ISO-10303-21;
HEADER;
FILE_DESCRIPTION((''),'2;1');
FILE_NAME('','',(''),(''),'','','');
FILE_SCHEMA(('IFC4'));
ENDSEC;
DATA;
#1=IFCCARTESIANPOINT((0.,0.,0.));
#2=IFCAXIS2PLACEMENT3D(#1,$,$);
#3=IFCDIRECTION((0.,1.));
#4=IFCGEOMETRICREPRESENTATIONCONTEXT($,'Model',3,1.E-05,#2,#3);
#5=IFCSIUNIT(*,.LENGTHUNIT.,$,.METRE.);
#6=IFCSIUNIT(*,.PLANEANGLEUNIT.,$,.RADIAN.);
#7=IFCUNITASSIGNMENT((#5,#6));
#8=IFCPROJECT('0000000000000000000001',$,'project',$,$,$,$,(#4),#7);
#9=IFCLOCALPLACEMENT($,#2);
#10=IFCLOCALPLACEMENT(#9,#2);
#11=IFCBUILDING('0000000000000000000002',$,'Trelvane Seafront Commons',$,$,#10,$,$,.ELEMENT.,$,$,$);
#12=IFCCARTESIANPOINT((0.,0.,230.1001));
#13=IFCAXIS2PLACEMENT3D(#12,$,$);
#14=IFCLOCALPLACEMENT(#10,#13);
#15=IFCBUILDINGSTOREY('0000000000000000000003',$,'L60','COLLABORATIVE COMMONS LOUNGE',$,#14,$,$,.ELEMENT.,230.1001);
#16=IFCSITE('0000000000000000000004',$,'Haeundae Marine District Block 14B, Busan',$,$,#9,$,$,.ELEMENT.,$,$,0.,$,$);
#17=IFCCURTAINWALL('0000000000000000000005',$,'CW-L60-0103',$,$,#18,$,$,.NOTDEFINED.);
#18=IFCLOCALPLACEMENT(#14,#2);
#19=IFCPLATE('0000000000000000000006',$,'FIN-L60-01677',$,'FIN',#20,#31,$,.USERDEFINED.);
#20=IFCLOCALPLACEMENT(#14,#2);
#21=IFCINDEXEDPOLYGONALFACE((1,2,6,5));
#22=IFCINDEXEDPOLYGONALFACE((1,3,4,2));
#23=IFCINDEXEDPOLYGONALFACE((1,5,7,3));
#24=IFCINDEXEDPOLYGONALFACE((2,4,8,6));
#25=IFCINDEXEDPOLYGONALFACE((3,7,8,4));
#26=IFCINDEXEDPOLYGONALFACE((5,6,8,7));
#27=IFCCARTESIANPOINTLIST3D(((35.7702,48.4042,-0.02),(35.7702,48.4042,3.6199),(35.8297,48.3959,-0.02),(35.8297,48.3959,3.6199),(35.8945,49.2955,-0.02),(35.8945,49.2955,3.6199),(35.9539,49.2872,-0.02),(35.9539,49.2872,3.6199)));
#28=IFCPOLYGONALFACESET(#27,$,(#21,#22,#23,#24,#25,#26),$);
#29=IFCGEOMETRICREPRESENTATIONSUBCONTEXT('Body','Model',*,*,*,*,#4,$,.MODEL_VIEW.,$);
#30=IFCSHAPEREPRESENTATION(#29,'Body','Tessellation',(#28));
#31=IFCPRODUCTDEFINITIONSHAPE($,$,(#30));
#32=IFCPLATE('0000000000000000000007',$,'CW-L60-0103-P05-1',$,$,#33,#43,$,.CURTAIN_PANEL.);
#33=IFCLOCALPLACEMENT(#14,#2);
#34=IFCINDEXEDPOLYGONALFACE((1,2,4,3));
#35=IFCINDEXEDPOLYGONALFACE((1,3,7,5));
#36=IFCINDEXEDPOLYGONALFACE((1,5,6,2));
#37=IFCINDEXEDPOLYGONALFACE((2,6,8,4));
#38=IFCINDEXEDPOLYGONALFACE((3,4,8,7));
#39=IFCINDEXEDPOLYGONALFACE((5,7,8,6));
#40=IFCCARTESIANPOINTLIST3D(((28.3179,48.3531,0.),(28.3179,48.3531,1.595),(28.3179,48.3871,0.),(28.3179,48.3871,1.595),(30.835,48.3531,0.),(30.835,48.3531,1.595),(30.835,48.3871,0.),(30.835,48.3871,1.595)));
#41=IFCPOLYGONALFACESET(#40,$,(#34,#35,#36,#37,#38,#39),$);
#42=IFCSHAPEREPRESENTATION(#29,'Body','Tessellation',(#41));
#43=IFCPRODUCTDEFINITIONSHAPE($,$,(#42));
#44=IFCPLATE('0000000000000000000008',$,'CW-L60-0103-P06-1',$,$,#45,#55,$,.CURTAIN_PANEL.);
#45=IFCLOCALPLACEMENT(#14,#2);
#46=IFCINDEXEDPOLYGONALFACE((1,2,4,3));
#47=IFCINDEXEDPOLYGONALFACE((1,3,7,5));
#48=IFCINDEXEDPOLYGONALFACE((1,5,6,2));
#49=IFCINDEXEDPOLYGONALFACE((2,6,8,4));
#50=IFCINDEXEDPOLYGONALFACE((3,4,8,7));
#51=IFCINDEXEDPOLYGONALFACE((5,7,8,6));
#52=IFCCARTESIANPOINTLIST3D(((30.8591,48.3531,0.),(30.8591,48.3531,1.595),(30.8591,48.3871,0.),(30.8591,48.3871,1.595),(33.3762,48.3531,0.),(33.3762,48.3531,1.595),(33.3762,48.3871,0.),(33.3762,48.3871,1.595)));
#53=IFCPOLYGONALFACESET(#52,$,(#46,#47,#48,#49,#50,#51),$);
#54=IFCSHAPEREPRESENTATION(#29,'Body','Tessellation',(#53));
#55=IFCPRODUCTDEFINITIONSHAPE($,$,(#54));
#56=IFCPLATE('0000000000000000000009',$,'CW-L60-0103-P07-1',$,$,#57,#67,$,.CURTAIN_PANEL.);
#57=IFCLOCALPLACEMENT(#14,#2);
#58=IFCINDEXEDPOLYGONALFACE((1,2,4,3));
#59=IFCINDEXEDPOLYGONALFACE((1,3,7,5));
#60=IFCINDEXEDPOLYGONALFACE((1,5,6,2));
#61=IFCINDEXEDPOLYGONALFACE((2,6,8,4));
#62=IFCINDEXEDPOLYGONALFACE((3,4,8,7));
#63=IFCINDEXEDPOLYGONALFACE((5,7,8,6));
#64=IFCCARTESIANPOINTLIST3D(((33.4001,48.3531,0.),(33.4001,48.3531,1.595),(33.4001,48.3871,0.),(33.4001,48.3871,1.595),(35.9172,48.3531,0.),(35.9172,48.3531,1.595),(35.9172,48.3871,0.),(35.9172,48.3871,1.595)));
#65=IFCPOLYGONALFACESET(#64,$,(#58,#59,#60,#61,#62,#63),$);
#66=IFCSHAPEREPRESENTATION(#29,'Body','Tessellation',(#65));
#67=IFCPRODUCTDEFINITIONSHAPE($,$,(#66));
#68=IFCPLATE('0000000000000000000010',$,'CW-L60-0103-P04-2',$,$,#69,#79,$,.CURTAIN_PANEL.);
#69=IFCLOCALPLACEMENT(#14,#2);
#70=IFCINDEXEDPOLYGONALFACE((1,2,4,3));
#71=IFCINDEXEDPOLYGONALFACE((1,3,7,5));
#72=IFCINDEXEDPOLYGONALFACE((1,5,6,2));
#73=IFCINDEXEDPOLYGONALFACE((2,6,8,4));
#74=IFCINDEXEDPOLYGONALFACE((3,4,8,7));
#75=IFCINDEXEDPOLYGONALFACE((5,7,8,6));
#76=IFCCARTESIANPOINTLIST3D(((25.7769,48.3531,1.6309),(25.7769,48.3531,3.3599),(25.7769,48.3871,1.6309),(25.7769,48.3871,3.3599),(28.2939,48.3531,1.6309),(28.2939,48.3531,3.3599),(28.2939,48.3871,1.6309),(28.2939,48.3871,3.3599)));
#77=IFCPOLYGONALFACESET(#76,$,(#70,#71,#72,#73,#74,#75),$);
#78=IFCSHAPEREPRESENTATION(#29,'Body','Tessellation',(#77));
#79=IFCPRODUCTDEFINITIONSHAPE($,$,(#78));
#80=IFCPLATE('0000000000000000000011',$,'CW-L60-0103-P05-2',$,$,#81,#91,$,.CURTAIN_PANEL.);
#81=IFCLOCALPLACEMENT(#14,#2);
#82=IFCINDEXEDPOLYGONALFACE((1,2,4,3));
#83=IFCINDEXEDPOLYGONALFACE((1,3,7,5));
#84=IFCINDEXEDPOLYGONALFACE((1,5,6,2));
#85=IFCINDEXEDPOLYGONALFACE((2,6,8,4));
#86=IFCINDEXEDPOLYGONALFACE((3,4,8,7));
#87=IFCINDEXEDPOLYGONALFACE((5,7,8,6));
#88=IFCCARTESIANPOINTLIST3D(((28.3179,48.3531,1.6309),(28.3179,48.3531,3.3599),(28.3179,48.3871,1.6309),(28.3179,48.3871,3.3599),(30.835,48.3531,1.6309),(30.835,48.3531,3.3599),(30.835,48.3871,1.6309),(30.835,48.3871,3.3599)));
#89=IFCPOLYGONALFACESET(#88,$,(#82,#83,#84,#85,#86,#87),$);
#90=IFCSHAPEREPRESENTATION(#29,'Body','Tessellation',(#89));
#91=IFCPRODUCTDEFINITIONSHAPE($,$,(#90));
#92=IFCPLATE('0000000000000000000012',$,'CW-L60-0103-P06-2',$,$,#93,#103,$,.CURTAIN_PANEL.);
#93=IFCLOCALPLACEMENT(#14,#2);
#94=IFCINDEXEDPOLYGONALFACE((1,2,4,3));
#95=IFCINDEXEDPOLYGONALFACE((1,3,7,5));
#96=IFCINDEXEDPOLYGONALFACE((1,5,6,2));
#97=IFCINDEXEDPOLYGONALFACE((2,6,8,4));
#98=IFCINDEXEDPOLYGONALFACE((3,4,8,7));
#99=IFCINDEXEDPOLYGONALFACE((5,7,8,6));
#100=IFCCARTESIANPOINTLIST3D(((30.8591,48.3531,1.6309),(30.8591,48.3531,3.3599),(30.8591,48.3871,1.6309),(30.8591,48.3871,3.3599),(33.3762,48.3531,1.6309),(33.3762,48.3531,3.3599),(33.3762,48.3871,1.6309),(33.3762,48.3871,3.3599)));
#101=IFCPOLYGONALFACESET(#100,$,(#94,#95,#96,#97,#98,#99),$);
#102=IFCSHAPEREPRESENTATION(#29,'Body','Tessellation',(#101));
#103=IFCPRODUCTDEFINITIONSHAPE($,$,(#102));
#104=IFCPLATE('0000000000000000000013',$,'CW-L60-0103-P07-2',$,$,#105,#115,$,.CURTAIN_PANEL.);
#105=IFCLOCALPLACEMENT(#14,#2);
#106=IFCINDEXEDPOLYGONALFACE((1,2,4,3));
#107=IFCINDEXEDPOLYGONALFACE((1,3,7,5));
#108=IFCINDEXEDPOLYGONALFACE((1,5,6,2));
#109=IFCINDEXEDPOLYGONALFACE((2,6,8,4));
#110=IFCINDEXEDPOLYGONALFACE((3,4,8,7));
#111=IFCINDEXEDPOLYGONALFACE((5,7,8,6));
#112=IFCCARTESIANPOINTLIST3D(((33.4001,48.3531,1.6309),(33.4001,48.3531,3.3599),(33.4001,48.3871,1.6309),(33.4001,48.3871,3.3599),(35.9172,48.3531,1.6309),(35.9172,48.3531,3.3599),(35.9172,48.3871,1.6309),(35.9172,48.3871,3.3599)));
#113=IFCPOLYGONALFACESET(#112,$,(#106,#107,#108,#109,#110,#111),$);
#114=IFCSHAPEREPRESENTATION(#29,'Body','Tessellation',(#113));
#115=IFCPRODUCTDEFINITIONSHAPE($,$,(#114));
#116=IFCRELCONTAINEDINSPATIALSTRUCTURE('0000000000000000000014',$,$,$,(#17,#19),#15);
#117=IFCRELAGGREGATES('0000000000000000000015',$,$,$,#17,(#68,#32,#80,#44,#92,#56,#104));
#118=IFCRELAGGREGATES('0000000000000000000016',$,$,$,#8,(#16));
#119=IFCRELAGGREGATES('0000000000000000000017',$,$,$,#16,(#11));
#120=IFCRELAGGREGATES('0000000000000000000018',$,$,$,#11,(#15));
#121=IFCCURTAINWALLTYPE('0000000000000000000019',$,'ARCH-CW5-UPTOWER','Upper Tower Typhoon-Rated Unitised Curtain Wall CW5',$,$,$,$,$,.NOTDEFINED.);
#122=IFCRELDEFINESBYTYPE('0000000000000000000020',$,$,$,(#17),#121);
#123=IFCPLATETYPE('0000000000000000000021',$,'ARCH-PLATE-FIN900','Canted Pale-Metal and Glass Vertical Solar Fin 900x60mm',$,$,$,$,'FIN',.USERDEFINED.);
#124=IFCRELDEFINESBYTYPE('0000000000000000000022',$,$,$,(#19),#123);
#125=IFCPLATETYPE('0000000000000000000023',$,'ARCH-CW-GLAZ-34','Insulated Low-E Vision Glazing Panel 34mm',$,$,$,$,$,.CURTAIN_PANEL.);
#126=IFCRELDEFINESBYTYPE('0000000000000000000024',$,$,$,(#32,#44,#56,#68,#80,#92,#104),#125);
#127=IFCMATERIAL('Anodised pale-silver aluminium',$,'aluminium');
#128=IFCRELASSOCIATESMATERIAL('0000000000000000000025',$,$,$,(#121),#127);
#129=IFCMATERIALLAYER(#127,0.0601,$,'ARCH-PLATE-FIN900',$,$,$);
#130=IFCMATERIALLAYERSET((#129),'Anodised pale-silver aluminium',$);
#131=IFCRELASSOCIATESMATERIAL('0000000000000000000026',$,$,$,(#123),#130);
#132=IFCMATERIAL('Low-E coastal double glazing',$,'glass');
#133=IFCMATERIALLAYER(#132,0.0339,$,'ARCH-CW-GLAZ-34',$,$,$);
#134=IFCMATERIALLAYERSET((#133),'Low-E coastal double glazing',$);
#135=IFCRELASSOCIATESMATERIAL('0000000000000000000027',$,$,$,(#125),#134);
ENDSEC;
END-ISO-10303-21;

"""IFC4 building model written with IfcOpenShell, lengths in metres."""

from ifc_helpers import new_model, si_unit, direction, frame, origin, origin_2d, place, context, subcontext, project, spatial, rectangle, extrude, source, transform, mapped, material, layer, layer_set, type_object, element, aggregate, save


model = new_model("IFC4")

# Units and contexts
model_context = context("Model", 3, precision=1e-05, world=origin(), true_north=direction((0.0, 1.0)))
body_context = subcontext(model_context, "Body", "Model", "MODEL_VIEW")
ifc_project = project(units=[si_unit("LENGTHUNIT", "METRE"), si_unit("PLANEANGLEUNIT", "RADIAN")], contexts=[model_context])

# Site, building, storey
site_placement = place(None, origin())
site = spatial("IfcSite", under=ifc_project, at=site_placement, Name="Haeundae Marine District Block 14B, Busan", CompositionType="ELEMENT", RefElevation=0.0)
building_placement = place(site_placement, origin())
building = spatial("IfcBuilding", under=site, at=building_placement, Name="Trelvane Seafront Commons", CompositionType="ELEMENT")
storey_placement = place(building_placement, frame((0.0, 0.0, 230.1001)))
storey = spatial("IfcBuildingStorey", under=building, at=storey_placement, Name="L60", Description="COLLABORATIVE COMMONS LOUNGE", CompositionType="ELEMENT", Elevation=230.1001)

# Curtain wall
ifc_material_1 = material(Name="Anodised pale-silver aluminium", Category="aluminium")
curtain_wall_type = type_object("IfcCurtainWallType", Name="ARCH-CW5-UPTOWER", Description="Upper Tower Typhoon-Rated Unitised Curtain Wall CW5", PredefinedType="NOTDEFINED", material=ifc_material_1)
curtain_wall_placement = place(storey_placement, origin())
curtain_wall = element("IfcCurtainWall", 1, at=curtain_wall_placement, inside=storey, type_object=curtain_wall_type, Name="CW-L60-0103", PredefinedType="NOTDEFINED")

# Plate
ifc_layer_1 = layer(ifc_material_1, 0.0601, Name="ARCH-PLATE-FIN900")
ifc_layer_set_1 = layer_set([ifc_layer_1], Name="Anodised pale-silver aluminium")
plate_type_1 = type_object("IfcPlateType", Name="ARCH-PLATE-FIN900", Description="Canted Pale-Metal and Glass Vertical Solar Fin 900x60mm", ElementType="FIN", PredefinedType="USERDEFINED", material=ifc_layer_set_1)
shared_shape_1 = source(origin(), body_context, "Body", "SweptSolid", [
    extrude(rectangle(XDim=0.8999, YDim=0.0601, at=origin_2d()), origin(), (0.0, 0.0, 1.0), 3.6399),
])
for number, where, z_axis, x_axis, name in (
    (2, (35.8621, 48.8457, -0.02), (0.0, 0.0, 1.0), (0.138107, 0.990417, 0.0), "FIN-L60-01677"),
):
    element("IfcPlate", number, at=place(storey_placement, frame(where, z_axis=z_axis, x_axis=x_axis)), inside=storey, type_object=plate_type_1, Name=name, ObjectType="FIN", PredefinedType="USERDEFINED", context=body_context, shape_type="MappedRepresentation", body=[
        mapped(shared_shape_1, transform((0.0, 0.0, 0.0), x_axis=(1.0, 0.0, 0.0), y_axis=(0.0, 1.0, 0.0), z_axis=(0.0, 0.0, 1.0), scale=1.0)),
    ])

# Plates
ifc_material_2 = material(Name="Low-E coastal double glazing", Category="glass")
ifc_layer_2 = layer(ifc_material_2, 0.0339, Name="ARCH-CW-GLAZ-34")
ifc_layer_set_2 = layer_set([ifc_layer_2], Name="Low-E coastal double glazing")
plate_type_2 = type_object("IfcPlateType", Name="ARCH-CW-GLAZ-34", Description="Insulated Low-E Vision Glazing Panel 34mm", PredefinedType="CURTAIN_PANEL", material=ifc_layer_set_2)
shared_shape_2 = source(origin(), body_context, "Body", "SweptSolid", [
    extrude(rectangle(XDim=2.5171, YDim=0.0339, at=origin_2d()), origin(), (0.0, 0.0, 1.0), 1.595),
])
plate_1_placement = place(storey_placement, frame((29.5764, 48.3701, 0.0), z_axis=(0.0, 0.0, 1.0), x_axis=(1.0, 0.0, 0.0)))
plate_1 = element("IfcPlate", 3, at=plate_1_placement, type_object=plate_type_2, Name="CW-L60-0103-P05-1", PredefinedType="CURTAIN_PANEL", context=body_context, shape_type="MappedRepresentation", body=[
    mapped(shared_shape_2, transform((0.0, 0.0, 0.0), x_axis=(1.0, 0.0, 0.0), y_axis=(0.0, 1.0, 0.0), z_axis=(0.0, 0.0, 1.0), scale=1.0)),
])
plate_2_placement = place(storey_placement, frame((32.1177, 48.3701, 0.0), z_axis=(0.0, 0.0, 1.0), x_axis=(1.0, 0.0, 0.0)))
plate_2 = element("IfcPlate", 4, at=plate_2_placement, type_object=plate_type_2, Name="CW-L60-0103-P06-1", PredefinedType="CURTAIN_PANEL", context=body_context, shape_type="MappedRepresentation", body=[
    mapped(shared_shape_2, transform((0.0, 0.0, 0.0), x_axis=(1.0, 0.0, 0.0), y_axis=(0.0, 1.0, 0.0), z_axis=(0.0, 0.0, 1.0), scale=1.0)),
])
plate_3_placement = place(storey_placement, frame((34.6587, 48.3701, 0.0), z_axis=(0.0, 0.0, 1.0), x_axis=(1.0, 0.0, 0.0)))
plate_3 = element("IfcPlate", 5, at=plate_3_placement, type_object=plate_type_2, Name="CW-L60-0103-P07-1", PredefinedType="CURTAIN_PANEL", context=body_context, shape_type="MappedRepresentation", body=[
    mapped(shared_shape_2, transform((0.0, 0.0, 0.0), x_axis=(1.0, 0.0, 0.0), y_axis=(0.0, 1.0, 0.0), z_axis=(0.0, 0.0, 1.0), scale=1.0)),
])
shared_shape_3 = source(origin(), body_context, "Body", "SweptSolid", [
    extrude(rectangle(XDim=2.5171, YDim=0.0339, at=origin_2d()), origin(), (0.0, 0.0, 1.0), 1.729),
])
plate_4_placement = place(storey_placement, frame((27.0354, 48.3701, 1.6309), z_axis=(0.0, 0.0, 1.0), x_axis=(1.0, 0.0, 0.0)))
plate_4 = element("IfcPlate", 6, at=plate_4_placement, type_object=plate_type_2, Name="CW-L60-0103-P04-2", PredefinedType="CURTAIN_PANEL", context=body_context, shape_type="MappedRepresentation", body=[
    mapped(shared_shape_3, transform((0.0, 0.0, 0.0), x_axis=(1.0, 0.0, 0.0), y_axis=(0.0, 1.0, 0.0), z_axis=(0.0, 0.0, 1.0), scale=1.0)),
])
plate_5_placement = place(storey_placement, frame((29.5764, 48.3701, 1.6309), z_axis=(0.0, 0.0, 1.0), x_axis=(1.0, 0.0, 0.0)))
plate_5 = element("IfcPlate", 7, at=plate_5_placement, type_object=plate_type_2, Name="CW-L60-0103-P05-2", PredefinedType="CURTAIN_PANEL", context=body_context, shape_type="MappedRepresentation", body=[
    mapped(shared_shape_3, transform((0.0, 0.0, 0.0), x_axis=(1.0, 0.0, 0.0), y_axis=(0.0, 1.0, 0.0), z_axis=(0.0, 0.0, 1.0), scale=1.0)),
])
plate_6_placement = place(storey_placement, frame((32.1177, 48.3701, 1.6309), z_axis=(0.0, 0.0, 1.0), x_axis=(1.0, 0.0, 0.0)))
plate_6 = element("IfcPlate", 8, at=plate_6_placement, type_object=plate_type_2, Name="CW-L60-0103-P06-2", PredefinedType="CURTAIN_PANEL", context=body_context, shape_type="MappedRepresentation", body=[
    mapped(shared_shape_3, transform((0.0, 0.0, 0.0), x_axis=(1.0, 0.0, 0.0), y_axis=(0.0, 1.0, 0.0), z_axis=(0.0, 0.0, 1.0), scale=1.0)),
])
plate_7_placement = place(storey_placement, frame((34.6587, 48.3701, 1.6309), z_axis=(0.0, 0.0, 1.0), x_axis=(1.0, 0.0, 0.0)))
plate_7 = element("IfcPlate", 9, at=plate_7_placement, type_object=plate_type_2, Name="CW-L60-0103-P07-2", PredefinedType="CURTAIN_PANEL", context=body_context, shape_type="MappedRepresentation", body=[
    mapped(shared_shape_3, transform((0.0, 0.0, 0.0), x_axis=(1.0, 0.0, 0.0), y_axis=(0.0, 1.0, 0.0), z_axis=(0.0, 0.0, 1.0), scale=1.0)),
])
aggregate(curtain_wall, [plate_4, plate_1, plate_5, plate_2, plate_6, plate_3, plate_7])

save(model, "model.ifc")
